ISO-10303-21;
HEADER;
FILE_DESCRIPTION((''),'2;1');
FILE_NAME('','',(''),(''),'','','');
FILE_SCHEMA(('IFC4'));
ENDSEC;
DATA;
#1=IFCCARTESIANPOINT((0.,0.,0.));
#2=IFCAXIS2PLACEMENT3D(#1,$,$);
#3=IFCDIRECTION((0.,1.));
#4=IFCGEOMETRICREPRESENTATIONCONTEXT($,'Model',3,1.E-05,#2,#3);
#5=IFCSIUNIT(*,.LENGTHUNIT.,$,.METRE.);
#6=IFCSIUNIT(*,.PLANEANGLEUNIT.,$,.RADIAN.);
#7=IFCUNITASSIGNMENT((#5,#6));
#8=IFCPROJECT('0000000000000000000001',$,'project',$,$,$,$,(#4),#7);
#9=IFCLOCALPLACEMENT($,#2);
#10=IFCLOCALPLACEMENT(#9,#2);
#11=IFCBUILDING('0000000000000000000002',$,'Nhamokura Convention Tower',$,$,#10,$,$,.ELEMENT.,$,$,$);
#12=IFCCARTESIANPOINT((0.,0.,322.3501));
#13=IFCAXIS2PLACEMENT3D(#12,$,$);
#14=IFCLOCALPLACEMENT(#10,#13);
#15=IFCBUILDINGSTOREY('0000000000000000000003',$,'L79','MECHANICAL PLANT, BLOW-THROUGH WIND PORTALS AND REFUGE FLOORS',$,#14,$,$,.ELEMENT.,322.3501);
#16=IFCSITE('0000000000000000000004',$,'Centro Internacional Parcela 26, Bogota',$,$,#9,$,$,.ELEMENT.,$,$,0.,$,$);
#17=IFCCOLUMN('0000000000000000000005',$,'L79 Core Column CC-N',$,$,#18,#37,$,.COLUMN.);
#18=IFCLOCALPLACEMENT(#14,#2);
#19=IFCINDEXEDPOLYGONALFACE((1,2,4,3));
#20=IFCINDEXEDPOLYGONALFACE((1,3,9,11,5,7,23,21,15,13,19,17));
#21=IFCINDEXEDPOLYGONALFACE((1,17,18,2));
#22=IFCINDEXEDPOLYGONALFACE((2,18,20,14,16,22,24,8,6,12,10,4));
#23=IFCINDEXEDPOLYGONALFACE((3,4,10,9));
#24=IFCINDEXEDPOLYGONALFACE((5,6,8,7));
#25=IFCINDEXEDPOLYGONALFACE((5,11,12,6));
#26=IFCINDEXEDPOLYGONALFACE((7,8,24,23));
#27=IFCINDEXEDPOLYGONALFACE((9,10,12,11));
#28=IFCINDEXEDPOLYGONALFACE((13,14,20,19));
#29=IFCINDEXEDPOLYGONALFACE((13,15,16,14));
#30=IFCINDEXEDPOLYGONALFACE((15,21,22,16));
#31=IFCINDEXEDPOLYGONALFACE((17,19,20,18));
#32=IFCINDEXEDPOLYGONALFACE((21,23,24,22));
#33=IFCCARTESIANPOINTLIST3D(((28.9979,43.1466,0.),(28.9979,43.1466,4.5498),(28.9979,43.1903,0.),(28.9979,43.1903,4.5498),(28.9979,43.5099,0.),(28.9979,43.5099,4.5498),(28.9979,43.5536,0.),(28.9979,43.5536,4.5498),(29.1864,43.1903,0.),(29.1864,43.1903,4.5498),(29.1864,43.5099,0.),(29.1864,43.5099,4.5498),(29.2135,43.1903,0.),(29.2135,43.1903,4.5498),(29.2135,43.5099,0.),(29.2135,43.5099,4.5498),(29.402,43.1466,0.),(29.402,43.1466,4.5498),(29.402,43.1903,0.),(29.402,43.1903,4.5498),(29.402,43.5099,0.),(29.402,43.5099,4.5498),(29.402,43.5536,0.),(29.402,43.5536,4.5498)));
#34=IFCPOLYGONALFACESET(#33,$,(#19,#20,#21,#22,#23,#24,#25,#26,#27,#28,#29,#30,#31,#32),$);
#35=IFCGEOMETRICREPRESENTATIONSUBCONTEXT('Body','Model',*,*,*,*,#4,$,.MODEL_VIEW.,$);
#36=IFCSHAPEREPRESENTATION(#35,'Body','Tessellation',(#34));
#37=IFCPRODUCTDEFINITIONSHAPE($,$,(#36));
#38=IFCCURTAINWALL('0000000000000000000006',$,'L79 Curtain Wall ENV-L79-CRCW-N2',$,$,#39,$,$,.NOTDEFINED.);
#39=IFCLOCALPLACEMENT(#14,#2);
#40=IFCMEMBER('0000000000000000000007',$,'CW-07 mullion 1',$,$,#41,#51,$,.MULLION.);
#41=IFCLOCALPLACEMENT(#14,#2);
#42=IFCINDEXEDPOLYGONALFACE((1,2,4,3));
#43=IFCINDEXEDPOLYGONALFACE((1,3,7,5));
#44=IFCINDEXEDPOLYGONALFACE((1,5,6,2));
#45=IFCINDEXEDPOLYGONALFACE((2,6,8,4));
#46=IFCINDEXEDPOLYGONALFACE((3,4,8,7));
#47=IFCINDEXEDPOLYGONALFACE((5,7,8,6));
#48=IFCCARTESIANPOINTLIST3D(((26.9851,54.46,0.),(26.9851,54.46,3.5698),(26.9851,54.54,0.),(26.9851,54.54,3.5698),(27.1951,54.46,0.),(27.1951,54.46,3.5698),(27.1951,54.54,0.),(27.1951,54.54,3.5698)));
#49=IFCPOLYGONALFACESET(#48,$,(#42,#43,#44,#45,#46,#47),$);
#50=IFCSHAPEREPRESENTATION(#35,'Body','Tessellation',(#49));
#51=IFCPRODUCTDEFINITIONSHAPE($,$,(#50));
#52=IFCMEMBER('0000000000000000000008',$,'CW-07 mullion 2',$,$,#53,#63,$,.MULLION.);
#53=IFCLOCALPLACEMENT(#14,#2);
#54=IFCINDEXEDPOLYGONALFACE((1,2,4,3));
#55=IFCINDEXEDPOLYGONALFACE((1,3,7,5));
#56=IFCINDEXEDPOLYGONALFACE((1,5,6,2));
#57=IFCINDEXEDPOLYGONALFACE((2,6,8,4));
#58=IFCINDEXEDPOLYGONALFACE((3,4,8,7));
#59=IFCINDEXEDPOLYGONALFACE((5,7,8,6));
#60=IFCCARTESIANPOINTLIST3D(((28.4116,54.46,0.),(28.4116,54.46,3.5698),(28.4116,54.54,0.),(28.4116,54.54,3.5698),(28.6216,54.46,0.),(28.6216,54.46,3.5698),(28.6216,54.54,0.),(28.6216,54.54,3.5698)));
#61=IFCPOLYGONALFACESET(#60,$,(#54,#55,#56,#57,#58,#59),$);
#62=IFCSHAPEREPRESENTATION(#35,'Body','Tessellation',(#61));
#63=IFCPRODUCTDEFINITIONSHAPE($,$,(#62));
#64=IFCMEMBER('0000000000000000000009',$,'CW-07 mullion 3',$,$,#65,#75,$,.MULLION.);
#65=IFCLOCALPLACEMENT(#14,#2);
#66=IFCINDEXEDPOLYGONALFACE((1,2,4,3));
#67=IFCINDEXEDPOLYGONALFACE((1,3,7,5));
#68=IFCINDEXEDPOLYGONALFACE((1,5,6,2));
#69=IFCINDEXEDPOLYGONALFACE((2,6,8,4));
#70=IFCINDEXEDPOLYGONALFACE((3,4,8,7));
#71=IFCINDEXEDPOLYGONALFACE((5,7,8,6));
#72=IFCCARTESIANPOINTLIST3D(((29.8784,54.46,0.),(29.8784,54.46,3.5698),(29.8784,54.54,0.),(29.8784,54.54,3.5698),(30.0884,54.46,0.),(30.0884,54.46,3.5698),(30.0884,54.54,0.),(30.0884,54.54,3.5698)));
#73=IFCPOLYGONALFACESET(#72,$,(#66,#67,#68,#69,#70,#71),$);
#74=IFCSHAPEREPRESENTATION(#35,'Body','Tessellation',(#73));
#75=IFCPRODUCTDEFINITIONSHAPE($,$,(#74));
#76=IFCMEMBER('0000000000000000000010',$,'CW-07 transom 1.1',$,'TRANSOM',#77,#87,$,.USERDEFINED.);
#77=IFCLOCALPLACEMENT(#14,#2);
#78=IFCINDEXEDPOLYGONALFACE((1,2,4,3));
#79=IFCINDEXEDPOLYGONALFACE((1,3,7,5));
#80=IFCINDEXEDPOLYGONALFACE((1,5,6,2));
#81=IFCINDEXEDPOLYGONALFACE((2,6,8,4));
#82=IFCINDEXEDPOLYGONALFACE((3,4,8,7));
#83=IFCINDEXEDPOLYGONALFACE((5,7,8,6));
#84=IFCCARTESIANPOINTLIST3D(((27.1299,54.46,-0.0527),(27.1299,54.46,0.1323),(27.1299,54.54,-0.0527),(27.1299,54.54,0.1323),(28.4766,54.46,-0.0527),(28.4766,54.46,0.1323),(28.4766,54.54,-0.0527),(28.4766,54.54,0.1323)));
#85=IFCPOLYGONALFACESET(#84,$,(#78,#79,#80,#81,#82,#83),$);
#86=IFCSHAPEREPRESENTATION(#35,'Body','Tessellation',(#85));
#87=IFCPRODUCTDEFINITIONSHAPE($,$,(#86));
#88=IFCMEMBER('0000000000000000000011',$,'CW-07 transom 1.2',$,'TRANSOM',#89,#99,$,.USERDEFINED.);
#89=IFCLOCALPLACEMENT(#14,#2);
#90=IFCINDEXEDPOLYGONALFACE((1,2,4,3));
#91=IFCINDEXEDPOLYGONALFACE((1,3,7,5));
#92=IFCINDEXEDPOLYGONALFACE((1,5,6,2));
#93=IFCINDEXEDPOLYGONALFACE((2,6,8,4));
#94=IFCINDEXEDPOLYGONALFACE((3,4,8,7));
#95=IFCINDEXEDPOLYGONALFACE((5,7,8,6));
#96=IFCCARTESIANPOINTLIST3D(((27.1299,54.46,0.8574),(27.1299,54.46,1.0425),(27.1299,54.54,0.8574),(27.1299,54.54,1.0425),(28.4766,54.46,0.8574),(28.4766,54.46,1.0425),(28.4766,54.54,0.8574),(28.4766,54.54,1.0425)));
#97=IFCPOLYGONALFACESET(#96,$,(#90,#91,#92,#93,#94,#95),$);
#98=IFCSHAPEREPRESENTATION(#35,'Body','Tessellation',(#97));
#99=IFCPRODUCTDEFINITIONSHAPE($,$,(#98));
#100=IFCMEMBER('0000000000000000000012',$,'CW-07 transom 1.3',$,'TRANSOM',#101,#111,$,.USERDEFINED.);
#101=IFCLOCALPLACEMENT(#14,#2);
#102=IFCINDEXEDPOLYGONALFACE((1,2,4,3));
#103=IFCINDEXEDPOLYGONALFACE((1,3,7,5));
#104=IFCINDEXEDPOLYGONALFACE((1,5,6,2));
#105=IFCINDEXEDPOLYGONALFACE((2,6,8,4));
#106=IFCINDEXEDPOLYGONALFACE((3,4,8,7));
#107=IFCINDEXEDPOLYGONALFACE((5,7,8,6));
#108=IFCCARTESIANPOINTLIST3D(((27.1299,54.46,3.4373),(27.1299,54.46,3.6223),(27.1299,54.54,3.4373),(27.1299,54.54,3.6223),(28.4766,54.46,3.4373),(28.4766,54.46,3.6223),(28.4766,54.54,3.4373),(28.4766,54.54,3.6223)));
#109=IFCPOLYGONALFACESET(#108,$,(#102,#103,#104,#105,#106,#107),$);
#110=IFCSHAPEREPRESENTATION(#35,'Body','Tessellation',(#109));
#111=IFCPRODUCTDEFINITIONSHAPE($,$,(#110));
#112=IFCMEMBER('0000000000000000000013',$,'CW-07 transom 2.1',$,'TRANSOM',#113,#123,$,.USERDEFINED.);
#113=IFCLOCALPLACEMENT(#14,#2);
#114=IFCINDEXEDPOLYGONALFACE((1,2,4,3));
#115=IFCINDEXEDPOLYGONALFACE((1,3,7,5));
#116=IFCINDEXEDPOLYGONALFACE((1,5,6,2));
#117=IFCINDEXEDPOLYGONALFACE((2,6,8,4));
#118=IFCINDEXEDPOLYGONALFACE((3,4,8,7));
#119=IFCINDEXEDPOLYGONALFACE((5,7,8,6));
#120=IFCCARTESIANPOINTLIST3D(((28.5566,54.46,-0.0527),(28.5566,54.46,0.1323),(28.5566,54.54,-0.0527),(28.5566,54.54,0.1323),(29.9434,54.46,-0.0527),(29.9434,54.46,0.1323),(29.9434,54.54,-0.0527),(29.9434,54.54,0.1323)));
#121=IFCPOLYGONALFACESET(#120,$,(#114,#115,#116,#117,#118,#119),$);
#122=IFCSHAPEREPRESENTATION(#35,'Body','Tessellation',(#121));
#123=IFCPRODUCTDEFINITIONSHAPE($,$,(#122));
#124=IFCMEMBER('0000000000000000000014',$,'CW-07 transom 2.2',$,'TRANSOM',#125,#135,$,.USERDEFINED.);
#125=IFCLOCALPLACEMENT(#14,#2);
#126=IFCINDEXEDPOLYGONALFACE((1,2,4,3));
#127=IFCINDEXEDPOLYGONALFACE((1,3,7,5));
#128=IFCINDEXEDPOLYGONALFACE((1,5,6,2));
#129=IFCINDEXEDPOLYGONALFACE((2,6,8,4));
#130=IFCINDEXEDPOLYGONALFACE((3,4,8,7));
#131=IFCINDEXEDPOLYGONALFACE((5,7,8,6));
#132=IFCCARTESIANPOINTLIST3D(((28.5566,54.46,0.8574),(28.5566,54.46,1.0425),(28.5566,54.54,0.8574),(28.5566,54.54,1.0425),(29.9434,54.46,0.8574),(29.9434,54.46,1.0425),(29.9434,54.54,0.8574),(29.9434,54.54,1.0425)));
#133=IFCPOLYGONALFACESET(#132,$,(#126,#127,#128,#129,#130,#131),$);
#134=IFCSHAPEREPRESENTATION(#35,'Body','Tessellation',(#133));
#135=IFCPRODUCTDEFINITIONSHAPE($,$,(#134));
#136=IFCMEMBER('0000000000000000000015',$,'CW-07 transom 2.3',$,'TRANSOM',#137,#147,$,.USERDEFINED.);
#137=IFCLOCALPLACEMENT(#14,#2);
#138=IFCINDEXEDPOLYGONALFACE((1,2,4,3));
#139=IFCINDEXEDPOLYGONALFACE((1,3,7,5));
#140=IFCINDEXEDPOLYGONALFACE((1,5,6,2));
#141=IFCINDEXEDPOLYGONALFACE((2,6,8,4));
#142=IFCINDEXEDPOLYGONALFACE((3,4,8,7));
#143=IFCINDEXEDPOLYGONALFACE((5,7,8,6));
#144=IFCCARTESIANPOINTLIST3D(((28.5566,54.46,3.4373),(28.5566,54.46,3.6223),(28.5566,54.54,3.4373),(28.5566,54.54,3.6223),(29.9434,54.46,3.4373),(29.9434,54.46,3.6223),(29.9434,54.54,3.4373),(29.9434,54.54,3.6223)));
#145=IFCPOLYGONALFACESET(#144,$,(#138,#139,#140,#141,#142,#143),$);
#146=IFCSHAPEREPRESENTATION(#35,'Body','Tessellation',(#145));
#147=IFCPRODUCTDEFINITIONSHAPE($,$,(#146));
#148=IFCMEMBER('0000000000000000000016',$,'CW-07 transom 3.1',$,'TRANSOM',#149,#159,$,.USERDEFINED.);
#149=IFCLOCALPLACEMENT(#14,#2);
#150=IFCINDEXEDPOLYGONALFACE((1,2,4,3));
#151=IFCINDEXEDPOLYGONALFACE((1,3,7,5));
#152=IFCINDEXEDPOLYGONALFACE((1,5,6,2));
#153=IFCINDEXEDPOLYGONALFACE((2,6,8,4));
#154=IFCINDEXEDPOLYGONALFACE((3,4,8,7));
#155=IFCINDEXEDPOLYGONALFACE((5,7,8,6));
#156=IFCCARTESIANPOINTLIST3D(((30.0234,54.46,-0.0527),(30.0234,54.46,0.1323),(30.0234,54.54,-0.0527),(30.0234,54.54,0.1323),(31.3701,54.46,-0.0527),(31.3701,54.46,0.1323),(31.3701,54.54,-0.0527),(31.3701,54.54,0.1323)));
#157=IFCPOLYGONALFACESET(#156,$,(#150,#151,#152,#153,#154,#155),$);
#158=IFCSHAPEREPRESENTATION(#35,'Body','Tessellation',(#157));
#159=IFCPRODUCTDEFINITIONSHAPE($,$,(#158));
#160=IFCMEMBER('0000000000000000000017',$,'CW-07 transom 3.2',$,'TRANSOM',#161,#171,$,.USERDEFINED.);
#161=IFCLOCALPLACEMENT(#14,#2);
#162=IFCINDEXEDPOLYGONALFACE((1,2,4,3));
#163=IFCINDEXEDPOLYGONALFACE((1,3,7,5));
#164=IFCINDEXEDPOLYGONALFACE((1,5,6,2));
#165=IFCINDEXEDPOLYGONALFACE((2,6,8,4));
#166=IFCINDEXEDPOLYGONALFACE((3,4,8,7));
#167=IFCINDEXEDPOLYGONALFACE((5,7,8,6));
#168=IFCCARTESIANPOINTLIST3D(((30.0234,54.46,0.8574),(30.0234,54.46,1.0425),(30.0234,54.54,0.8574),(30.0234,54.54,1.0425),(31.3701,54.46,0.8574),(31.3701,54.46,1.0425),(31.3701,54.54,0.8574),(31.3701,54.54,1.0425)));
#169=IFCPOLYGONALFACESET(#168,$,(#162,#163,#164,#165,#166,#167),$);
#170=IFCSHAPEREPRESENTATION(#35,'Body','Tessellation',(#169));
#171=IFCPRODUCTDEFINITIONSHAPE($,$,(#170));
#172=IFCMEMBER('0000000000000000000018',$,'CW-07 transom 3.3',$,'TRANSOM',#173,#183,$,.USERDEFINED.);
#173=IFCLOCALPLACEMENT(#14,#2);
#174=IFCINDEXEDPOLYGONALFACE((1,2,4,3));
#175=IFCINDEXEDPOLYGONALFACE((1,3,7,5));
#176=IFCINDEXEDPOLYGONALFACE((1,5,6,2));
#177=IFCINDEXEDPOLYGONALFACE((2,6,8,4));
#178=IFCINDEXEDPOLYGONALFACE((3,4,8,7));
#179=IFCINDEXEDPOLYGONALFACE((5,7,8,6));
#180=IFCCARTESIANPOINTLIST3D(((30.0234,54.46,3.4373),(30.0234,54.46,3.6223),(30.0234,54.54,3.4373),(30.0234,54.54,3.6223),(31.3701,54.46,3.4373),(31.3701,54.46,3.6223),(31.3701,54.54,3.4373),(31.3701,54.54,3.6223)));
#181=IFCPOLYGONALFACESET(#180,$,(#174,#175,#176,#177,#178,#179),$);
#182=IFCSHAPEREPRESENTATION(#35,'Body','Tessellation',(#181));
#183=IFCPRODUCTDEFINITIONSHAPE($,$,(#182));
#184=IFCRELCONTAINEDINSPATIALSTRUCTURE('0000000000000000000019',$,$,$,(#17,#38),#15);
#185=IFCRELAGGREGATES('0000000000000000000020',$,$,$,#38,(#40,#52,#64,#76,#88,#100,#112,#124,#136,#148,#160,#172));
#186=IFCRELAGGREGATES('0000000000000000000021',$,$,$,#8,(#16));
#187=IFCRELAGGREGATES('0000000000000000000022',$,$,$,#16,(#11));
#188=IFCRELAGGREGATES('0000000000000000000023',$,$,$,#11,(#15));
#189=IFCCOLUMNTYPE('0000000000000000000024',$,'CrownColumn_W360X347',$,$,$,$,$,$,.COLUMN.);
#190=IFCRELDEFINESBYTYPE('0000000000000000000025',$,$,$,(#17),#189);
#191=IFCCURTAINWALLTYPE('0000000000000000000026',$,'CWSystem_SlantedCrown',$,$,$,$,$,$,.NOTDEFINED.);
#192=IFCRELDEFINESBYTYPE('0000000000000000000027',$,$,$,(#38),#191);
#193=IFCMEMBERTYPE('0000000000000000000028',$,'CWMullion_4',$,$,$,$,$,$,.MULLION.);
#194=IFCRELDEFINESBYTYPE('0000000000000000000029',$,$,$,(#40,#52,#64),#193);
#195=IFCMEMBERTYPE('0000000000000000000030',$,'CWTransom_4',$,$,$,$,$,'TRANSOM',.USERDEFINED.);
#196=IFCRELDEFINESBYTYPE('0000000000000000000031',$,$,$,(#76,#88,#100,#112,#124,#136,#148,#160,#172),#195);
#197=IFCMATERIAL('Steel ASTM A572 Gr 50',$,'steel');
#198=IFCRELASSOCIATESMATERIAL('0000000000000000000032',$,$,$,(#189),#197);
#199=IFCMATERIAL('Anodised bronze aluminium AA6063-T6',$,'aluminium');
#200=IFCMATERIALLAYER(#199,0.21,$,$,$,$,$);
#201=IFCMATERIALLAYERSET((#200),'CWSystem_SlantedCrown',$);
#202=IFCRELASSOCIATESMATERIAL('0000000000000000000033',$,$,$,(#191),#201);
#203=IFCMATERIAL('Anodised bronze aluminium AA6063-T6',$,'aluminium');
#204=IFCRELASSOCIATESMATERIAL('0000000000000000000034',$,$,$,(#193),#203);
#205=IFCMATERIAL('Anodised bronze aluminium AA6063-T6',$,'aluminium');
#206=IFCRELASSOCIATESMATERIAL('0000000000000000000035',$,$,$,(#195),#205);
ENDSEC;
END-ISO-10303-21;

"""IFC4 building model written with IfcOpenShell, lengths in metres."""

from ifc_helpers import new_model, si_unit, direction, frame, origin, origin_2d, place, context, subcontext, project, spatial, rectangle, i_section, extrude, material, layer, layer_set, material_profile, profile_set, type_object, element, aggregate, save


model = new_model("IFC4")

# Units and contexts
model_context = context("Model", 3, precision=1e-05, world=origin(), true_north=direction((0.0, 1.0)))
body_context = subcontext(model_context, "Body", "Model", "MODEL_VIEW")
ifc_project = project(units=[si_unit("LENGTHUNIT", "METRE"), si_unit("PLANEANGLEUNIT", "RADIAN")], contexts=[model_context])

# Site, building, storey
site_placement = place(None, origin())
site = spatial("IfcSite", under=ifc_project, at=site_placement, Name="Centro Internacional Parcela 26, Bogota", CompositionType="ELEMENT", RefElevation=0.0)
building_placement = place(site_placement, origin())
building = spatial("IfcBuilding", under=site, at=building_placement, Name="Nhamokura Convention Tower", CompositionType="ELEMENT")
storey_placement = place(building_placement, frame((0.0, 0.0, 322.3501)))
storey = spatial("IfcBuildingStorey", under=building, at=storey_placement, Name="L79", Description="MECHANICAL PLANT, BLOW-THROUGH WIND PORTALS AND REFUGE FLOORS", CompositionType="ELEMENT", Elevation=322.3501)

# Column
ifc_material_1 = material(Name="Steel ASTM A572 Gr 50", Category="steel")
ifc_material_profile_1 = material_profile(ifc_material_1, i_section(OverallWidth=0.4041, OverallDepth=0.407, WebThickness=0.0271, FlangeThickness=0.0437, at=origin_2d()))
ifc_profile_set_1 = profile_set([ifc_material_profile_1], Name="Steel ASTM A572 Gr 50")
column_type = type_object("IfcColumnType", Name="CrownColumn_W360X347", PredefinedType="COLUMN", material=ifc_profile_set_1)
column_placement = place(storey_placement, frame((29.2, 43.3501, 0.0), z_axis=(0.0, 0.0, 1.0), x_axis=(1.0, 0.0, 0.0)))
element("IfcColumn", 1, at=column_placement, inside=storey, type_object=column_type, Name="L79 Core Column CC-N", PredefinedType="COLUMN", context=body_context, shape_type="SweptSolid", body=[
    extrude(i_section(OverallWidth=0.4041, OverallDepth=0.407, WebThickness=0.0271, FlangeThickness=0.0437, at=origin_2d()), origin(), (0.0, 0.0, 1.0), 4.5498),
])

# Curtain wall, members
ifc_material_2 = material(Name="Anodised bronze aluminium AA6063-T6", Category="aluminium")
ifc_layer_1 = layer(ifc_material_2, 0.21)
ifc_layer_set_1 = layer_set([ifc_layer_1], Name="CWSystem_SlantedCrown")
curtain_wall_type = type_object("IfcCurtainWallType", Name="CWSystem_SlantedCrown", PredefinedType="NOTDEFINED", material=ifc_layer_set_1)
curtain_wall_placement = place(storey_placement, origin())
curtain_wall = element("IfcCurtainWall", 2, at=curtain_wall_placement, inside=storey, type_object=curtain_wall_type, Name="L79 Curtain Wall ENV-L79-CRCW-N2", PredefinedType="NOTDEFINED")
ifc_material_3 = material(Name="Anodised bronze aluminium AA6063-T6", Category="aluminium")
ifc_material_profile_2 = material_profile(ifc_material_3, rectangle(XDim=0.0801, YDim=0.21, at=origin_2d()))
ifc_profile_set_2 = profile_set([ifc_material_profile_2], Name="Anodised bronze aluminium AA6063-T6")
member_type_1 = type_object("IfcMemberType", Name="CWMullion_4", PredefinedType="MULLION", material=ifc_profile_set_2)
member_1_placement = place(storey_placement, frame((27.0901, 54.5, 0.0), z_axis=(0.0, 0.0, 1.0), x_axis=(0.0, 1.0, 0.0)))
member_1 = element("IfcMember", 3, at=member_1_placement, type_object=member_type_1, Name="CW-07 mullion 1", PredefinedType="MULLION", context=body_context, shape_type="SweptSolid", body=[
    extrude(rectangle(XDim=0.0801, YDim=0.21, at=origin_2d()), origin(), (0.0, 0.0, 1.0), 3.5698),
])
member_2_placement = place(storey_placement, frame((28.5166, 54.5, 0.0), z_axis=(0.0, 0.0, 1.0), x_axis=(0.0, 1.0, 0.0)))
member_2 = element("IfcMember", 4, at=member_2_placement, type_object=member_type_1, Name="CW-07 mullion 2", PredefinedType="MULLION", context=body_context, shape_type="SweptSolid", body=[
    extrude(rectangle(XDim=0.0801, YDim=0.21, at=origin_2d()), origin(), (0.0, 0.0, 1.0), 3.5698),
])
member_3_placement = place(storey_placement, frame((29.9834, 54.5, 0.0), z_axis=(0.0, 0.0, 1.0), x_axis=(0.0, 1.0, 0.0)))
member_3 = element("IfcMember", 5, at=member_3_placement, type_object=member_type_1, Name="CW-07 mullion 3", PredefinedType="MULLION", context=body_context, shape_type="SweptSolid", body=[
    extrude(rectangle(XDim=0.0801, YDim=0.21, at=origin_2d()), origin(), (0.0, 0.0, 1.0), 3.5698),
])
ifc_material_4 = material(Name="Anodised bronze aluminium AA6063-T6", Category="aluminium")
ifc_material_profile_3 = material_profile(ifc_material_4, rectangle(XDim=0.0801, YDim=0.1851, at=origin_2d()))
ifc_profile_set_3 = profile_set([ifc_material_profile_3], Name="Anodised bronze aluminium AA6063-T6")
member_type_2 = type_object("IfcMemberType", Name="CWTransom_4", ElementType="TRANSOM", PredefinedType="USERDEFINED", material=ifc_profile_set_3)
member_4_placement = place(storey_placement, frame((27.1299, 54.5, 0.0398), z_axis=(1.0, 0.0, 0.0), x_axis=(0.0, 1.0, 0.0)))
member_4 = element("IfcMember", 6, at=member_4_placement, type_object=member_type_2, Name="CW-07 transom 1.1", ObjectType="TRANSOM", PredefinedType="USERDEFINED", context=body_context, shape_type="SweptSolid", body=[
    extrude(rectangle(XDim=0.0801, YDim=0.1851, at=origin_2d()), origin(), (0.0, 0.0, 1.0), 1.3467),
])
member_5_placement = place(storey_placement, frame((27.1299, 54.5, 0.95), z_axis=(1.0, 0.0, 0.0), x_axis=(0.0, 1.0, 0.0)))
member_5 = element("IfcMember", 7, at=member_5_placement, type_object=member_type_2, Name="CW-07 transom 1.2", ObjectType="TRANSOM", PredefinedType="USERDEFINED", context=body_context, shape_type="SweptSolid", body=[
    extrude(rectangle(XDim=0.0801, YDim=0.1851, at=origin_2d()), origin(), (0.0, 0.0, 1.0), 1.3467),
])
member_6_placement = place(storey_placement, frame((27.1299, 54.5, 3.5298), z_axis=(1.0, 0.0, 0.0), x_axis=(0.0, 1.0, 0.0)))
member_6 = element("IfcMember", 8, at=member_6_placement, type_object=member_type_2, Name="CW-07 transom 1.3", ObjectType="TRANSOM", PredefinedType="USERDEFINED", context=body_context, shape_type="SweptSolid", body=[
    extrude(rectangle(XDim=0.0801, YDim=0.1851, at=origin_2d()), origin(), (0.0, 0.0, 1.0), 1.3467),
])
member_7_placement = place(storey_placement, frame((28.5566, 54.5, 0.0398), z_axis=(1.0, 0.0, 0.0), x_axis=(0.0, 1.0, 0.0)))
member_7 = element("IfcMember", 9, at=member_7_placement, type_object=member_type_2, Name="CW-07 transom 2.1", ObjectType="TRANSOM", PredefinedType="USERDEFINED", context=body_context, shape_type="SweptSolid", body=[
    extrude(rectangle(XDim=0.0801, YDim=0.1851, at=origin_2d()), origin(), (0.0, 0.0, 1.0), 1.3867),
])
member_8_placement = place(storey_placement, frame((28.5566, 54.5, 0.95), z_axis=(1.0, 0.0, 0.0), x_axis=(0.0, 1.0, 0.0)))
member_8 = element("IfcMember", 10, at=member_8_placement, type_object=member_type_2, Name="CW-07 transom 2.2", ObjectType="TRANSOM", PredefinedType="USERDEFINED", context=body_context, shape_type="SweptSolid", body=[
    extrude(rectangle(XDim=0.0801, YDim=0.1851, at=origin_2d()), origin(), (0.0, 0.0, 1.0), 1.3867),
])
member_9_placement = place(storey_placement, frame((28.5566, 54.5, 3.5298), z_axis=(1.0, 0.0, 0.0), x_axis=(0.0, 1.0, 0.0)))
member_9 = element("IfcMember", 11, at=member_9_placement, type_object=member_type_2, Name="CW-07 transom 2.3", ObjectType="TRANSOM", PredefinedType="USERDEFINED", context=body_context, shape_type="SweptSolid", body=[
    extrude(rectangle(XDim=0.0801, YDim=0.1851, at=origin_2d()), origin(), (0.0, 0.0, 1.0), 1.3867),
])
member_10_placement = place(storey_placement, frame((30.0234, 54.5, 0.0398), z_axis=(1.0, 0.0, 0.0), x_axis=(0.0, 1.0, 0.0)))
member_10 = element("IfcMember", 12, at=member_10_placement, type_object=member_type_2, Name="CW-07 transom 3.1", ObjectType="TRANSOM", PredefinedType="USERDEFINED", context=body_context, shape_type="SweptSolid", body=[
    extrude(rectangle(XDim=0.0801, YDim=0.1851, at=origin_2d()), origin(), (0.0, 0.0, 1.0), 1.3467),
])
member_11_placement = place(storey_placement, frame((30.0234, 54.5, 0.95), z_axis=(1.0, 0.0, 0.0), x_axis=(0.0, 1.0, 0.0)))
member_11 = element("IfcMember", 13, at=member_11_placement, type_object=member_type_2, Name="CW-07 transom 3.2", ObjectType="TRANSOM", PredefinedType="USERDEFINED", context=body_context, shape_type="SweptSolid", body=[
    extrude(rectangle(XDim=0.0801, YDim=0.1851, at=origin_2d()), origin(), (0.0, 0.0, 1.0), 1.3467),
])
member_12_placement = place(storey_placement, frame((30.0234, 54.5, 3.5298), z_axis=(1.0, 0.0, 0.0), x_axis=(0.0, 1.0, 0.0)))
member_12 = element("IfcMember", 14, at=member_12_placement, type_object=member_type_2, Name="CW-07 transom 3.3", ObjectType="TRANSOM", PredefinedType="USERDEFINED", context=body_context, shape_type="SweptSolid", body=[
    extrude(rectangle(XDim=0.0801, YDim=0.1851, at=origin_2d()), origin(), (0.0, 0.0, 1.0), 1.3467),
])

aggregate(curtain_wall, [member_1, member_2, member_3, member_4, member_5, member_6, member_7, member_8, member_9, member_10, member_11, member_12])

save(model, "model.ifc")
